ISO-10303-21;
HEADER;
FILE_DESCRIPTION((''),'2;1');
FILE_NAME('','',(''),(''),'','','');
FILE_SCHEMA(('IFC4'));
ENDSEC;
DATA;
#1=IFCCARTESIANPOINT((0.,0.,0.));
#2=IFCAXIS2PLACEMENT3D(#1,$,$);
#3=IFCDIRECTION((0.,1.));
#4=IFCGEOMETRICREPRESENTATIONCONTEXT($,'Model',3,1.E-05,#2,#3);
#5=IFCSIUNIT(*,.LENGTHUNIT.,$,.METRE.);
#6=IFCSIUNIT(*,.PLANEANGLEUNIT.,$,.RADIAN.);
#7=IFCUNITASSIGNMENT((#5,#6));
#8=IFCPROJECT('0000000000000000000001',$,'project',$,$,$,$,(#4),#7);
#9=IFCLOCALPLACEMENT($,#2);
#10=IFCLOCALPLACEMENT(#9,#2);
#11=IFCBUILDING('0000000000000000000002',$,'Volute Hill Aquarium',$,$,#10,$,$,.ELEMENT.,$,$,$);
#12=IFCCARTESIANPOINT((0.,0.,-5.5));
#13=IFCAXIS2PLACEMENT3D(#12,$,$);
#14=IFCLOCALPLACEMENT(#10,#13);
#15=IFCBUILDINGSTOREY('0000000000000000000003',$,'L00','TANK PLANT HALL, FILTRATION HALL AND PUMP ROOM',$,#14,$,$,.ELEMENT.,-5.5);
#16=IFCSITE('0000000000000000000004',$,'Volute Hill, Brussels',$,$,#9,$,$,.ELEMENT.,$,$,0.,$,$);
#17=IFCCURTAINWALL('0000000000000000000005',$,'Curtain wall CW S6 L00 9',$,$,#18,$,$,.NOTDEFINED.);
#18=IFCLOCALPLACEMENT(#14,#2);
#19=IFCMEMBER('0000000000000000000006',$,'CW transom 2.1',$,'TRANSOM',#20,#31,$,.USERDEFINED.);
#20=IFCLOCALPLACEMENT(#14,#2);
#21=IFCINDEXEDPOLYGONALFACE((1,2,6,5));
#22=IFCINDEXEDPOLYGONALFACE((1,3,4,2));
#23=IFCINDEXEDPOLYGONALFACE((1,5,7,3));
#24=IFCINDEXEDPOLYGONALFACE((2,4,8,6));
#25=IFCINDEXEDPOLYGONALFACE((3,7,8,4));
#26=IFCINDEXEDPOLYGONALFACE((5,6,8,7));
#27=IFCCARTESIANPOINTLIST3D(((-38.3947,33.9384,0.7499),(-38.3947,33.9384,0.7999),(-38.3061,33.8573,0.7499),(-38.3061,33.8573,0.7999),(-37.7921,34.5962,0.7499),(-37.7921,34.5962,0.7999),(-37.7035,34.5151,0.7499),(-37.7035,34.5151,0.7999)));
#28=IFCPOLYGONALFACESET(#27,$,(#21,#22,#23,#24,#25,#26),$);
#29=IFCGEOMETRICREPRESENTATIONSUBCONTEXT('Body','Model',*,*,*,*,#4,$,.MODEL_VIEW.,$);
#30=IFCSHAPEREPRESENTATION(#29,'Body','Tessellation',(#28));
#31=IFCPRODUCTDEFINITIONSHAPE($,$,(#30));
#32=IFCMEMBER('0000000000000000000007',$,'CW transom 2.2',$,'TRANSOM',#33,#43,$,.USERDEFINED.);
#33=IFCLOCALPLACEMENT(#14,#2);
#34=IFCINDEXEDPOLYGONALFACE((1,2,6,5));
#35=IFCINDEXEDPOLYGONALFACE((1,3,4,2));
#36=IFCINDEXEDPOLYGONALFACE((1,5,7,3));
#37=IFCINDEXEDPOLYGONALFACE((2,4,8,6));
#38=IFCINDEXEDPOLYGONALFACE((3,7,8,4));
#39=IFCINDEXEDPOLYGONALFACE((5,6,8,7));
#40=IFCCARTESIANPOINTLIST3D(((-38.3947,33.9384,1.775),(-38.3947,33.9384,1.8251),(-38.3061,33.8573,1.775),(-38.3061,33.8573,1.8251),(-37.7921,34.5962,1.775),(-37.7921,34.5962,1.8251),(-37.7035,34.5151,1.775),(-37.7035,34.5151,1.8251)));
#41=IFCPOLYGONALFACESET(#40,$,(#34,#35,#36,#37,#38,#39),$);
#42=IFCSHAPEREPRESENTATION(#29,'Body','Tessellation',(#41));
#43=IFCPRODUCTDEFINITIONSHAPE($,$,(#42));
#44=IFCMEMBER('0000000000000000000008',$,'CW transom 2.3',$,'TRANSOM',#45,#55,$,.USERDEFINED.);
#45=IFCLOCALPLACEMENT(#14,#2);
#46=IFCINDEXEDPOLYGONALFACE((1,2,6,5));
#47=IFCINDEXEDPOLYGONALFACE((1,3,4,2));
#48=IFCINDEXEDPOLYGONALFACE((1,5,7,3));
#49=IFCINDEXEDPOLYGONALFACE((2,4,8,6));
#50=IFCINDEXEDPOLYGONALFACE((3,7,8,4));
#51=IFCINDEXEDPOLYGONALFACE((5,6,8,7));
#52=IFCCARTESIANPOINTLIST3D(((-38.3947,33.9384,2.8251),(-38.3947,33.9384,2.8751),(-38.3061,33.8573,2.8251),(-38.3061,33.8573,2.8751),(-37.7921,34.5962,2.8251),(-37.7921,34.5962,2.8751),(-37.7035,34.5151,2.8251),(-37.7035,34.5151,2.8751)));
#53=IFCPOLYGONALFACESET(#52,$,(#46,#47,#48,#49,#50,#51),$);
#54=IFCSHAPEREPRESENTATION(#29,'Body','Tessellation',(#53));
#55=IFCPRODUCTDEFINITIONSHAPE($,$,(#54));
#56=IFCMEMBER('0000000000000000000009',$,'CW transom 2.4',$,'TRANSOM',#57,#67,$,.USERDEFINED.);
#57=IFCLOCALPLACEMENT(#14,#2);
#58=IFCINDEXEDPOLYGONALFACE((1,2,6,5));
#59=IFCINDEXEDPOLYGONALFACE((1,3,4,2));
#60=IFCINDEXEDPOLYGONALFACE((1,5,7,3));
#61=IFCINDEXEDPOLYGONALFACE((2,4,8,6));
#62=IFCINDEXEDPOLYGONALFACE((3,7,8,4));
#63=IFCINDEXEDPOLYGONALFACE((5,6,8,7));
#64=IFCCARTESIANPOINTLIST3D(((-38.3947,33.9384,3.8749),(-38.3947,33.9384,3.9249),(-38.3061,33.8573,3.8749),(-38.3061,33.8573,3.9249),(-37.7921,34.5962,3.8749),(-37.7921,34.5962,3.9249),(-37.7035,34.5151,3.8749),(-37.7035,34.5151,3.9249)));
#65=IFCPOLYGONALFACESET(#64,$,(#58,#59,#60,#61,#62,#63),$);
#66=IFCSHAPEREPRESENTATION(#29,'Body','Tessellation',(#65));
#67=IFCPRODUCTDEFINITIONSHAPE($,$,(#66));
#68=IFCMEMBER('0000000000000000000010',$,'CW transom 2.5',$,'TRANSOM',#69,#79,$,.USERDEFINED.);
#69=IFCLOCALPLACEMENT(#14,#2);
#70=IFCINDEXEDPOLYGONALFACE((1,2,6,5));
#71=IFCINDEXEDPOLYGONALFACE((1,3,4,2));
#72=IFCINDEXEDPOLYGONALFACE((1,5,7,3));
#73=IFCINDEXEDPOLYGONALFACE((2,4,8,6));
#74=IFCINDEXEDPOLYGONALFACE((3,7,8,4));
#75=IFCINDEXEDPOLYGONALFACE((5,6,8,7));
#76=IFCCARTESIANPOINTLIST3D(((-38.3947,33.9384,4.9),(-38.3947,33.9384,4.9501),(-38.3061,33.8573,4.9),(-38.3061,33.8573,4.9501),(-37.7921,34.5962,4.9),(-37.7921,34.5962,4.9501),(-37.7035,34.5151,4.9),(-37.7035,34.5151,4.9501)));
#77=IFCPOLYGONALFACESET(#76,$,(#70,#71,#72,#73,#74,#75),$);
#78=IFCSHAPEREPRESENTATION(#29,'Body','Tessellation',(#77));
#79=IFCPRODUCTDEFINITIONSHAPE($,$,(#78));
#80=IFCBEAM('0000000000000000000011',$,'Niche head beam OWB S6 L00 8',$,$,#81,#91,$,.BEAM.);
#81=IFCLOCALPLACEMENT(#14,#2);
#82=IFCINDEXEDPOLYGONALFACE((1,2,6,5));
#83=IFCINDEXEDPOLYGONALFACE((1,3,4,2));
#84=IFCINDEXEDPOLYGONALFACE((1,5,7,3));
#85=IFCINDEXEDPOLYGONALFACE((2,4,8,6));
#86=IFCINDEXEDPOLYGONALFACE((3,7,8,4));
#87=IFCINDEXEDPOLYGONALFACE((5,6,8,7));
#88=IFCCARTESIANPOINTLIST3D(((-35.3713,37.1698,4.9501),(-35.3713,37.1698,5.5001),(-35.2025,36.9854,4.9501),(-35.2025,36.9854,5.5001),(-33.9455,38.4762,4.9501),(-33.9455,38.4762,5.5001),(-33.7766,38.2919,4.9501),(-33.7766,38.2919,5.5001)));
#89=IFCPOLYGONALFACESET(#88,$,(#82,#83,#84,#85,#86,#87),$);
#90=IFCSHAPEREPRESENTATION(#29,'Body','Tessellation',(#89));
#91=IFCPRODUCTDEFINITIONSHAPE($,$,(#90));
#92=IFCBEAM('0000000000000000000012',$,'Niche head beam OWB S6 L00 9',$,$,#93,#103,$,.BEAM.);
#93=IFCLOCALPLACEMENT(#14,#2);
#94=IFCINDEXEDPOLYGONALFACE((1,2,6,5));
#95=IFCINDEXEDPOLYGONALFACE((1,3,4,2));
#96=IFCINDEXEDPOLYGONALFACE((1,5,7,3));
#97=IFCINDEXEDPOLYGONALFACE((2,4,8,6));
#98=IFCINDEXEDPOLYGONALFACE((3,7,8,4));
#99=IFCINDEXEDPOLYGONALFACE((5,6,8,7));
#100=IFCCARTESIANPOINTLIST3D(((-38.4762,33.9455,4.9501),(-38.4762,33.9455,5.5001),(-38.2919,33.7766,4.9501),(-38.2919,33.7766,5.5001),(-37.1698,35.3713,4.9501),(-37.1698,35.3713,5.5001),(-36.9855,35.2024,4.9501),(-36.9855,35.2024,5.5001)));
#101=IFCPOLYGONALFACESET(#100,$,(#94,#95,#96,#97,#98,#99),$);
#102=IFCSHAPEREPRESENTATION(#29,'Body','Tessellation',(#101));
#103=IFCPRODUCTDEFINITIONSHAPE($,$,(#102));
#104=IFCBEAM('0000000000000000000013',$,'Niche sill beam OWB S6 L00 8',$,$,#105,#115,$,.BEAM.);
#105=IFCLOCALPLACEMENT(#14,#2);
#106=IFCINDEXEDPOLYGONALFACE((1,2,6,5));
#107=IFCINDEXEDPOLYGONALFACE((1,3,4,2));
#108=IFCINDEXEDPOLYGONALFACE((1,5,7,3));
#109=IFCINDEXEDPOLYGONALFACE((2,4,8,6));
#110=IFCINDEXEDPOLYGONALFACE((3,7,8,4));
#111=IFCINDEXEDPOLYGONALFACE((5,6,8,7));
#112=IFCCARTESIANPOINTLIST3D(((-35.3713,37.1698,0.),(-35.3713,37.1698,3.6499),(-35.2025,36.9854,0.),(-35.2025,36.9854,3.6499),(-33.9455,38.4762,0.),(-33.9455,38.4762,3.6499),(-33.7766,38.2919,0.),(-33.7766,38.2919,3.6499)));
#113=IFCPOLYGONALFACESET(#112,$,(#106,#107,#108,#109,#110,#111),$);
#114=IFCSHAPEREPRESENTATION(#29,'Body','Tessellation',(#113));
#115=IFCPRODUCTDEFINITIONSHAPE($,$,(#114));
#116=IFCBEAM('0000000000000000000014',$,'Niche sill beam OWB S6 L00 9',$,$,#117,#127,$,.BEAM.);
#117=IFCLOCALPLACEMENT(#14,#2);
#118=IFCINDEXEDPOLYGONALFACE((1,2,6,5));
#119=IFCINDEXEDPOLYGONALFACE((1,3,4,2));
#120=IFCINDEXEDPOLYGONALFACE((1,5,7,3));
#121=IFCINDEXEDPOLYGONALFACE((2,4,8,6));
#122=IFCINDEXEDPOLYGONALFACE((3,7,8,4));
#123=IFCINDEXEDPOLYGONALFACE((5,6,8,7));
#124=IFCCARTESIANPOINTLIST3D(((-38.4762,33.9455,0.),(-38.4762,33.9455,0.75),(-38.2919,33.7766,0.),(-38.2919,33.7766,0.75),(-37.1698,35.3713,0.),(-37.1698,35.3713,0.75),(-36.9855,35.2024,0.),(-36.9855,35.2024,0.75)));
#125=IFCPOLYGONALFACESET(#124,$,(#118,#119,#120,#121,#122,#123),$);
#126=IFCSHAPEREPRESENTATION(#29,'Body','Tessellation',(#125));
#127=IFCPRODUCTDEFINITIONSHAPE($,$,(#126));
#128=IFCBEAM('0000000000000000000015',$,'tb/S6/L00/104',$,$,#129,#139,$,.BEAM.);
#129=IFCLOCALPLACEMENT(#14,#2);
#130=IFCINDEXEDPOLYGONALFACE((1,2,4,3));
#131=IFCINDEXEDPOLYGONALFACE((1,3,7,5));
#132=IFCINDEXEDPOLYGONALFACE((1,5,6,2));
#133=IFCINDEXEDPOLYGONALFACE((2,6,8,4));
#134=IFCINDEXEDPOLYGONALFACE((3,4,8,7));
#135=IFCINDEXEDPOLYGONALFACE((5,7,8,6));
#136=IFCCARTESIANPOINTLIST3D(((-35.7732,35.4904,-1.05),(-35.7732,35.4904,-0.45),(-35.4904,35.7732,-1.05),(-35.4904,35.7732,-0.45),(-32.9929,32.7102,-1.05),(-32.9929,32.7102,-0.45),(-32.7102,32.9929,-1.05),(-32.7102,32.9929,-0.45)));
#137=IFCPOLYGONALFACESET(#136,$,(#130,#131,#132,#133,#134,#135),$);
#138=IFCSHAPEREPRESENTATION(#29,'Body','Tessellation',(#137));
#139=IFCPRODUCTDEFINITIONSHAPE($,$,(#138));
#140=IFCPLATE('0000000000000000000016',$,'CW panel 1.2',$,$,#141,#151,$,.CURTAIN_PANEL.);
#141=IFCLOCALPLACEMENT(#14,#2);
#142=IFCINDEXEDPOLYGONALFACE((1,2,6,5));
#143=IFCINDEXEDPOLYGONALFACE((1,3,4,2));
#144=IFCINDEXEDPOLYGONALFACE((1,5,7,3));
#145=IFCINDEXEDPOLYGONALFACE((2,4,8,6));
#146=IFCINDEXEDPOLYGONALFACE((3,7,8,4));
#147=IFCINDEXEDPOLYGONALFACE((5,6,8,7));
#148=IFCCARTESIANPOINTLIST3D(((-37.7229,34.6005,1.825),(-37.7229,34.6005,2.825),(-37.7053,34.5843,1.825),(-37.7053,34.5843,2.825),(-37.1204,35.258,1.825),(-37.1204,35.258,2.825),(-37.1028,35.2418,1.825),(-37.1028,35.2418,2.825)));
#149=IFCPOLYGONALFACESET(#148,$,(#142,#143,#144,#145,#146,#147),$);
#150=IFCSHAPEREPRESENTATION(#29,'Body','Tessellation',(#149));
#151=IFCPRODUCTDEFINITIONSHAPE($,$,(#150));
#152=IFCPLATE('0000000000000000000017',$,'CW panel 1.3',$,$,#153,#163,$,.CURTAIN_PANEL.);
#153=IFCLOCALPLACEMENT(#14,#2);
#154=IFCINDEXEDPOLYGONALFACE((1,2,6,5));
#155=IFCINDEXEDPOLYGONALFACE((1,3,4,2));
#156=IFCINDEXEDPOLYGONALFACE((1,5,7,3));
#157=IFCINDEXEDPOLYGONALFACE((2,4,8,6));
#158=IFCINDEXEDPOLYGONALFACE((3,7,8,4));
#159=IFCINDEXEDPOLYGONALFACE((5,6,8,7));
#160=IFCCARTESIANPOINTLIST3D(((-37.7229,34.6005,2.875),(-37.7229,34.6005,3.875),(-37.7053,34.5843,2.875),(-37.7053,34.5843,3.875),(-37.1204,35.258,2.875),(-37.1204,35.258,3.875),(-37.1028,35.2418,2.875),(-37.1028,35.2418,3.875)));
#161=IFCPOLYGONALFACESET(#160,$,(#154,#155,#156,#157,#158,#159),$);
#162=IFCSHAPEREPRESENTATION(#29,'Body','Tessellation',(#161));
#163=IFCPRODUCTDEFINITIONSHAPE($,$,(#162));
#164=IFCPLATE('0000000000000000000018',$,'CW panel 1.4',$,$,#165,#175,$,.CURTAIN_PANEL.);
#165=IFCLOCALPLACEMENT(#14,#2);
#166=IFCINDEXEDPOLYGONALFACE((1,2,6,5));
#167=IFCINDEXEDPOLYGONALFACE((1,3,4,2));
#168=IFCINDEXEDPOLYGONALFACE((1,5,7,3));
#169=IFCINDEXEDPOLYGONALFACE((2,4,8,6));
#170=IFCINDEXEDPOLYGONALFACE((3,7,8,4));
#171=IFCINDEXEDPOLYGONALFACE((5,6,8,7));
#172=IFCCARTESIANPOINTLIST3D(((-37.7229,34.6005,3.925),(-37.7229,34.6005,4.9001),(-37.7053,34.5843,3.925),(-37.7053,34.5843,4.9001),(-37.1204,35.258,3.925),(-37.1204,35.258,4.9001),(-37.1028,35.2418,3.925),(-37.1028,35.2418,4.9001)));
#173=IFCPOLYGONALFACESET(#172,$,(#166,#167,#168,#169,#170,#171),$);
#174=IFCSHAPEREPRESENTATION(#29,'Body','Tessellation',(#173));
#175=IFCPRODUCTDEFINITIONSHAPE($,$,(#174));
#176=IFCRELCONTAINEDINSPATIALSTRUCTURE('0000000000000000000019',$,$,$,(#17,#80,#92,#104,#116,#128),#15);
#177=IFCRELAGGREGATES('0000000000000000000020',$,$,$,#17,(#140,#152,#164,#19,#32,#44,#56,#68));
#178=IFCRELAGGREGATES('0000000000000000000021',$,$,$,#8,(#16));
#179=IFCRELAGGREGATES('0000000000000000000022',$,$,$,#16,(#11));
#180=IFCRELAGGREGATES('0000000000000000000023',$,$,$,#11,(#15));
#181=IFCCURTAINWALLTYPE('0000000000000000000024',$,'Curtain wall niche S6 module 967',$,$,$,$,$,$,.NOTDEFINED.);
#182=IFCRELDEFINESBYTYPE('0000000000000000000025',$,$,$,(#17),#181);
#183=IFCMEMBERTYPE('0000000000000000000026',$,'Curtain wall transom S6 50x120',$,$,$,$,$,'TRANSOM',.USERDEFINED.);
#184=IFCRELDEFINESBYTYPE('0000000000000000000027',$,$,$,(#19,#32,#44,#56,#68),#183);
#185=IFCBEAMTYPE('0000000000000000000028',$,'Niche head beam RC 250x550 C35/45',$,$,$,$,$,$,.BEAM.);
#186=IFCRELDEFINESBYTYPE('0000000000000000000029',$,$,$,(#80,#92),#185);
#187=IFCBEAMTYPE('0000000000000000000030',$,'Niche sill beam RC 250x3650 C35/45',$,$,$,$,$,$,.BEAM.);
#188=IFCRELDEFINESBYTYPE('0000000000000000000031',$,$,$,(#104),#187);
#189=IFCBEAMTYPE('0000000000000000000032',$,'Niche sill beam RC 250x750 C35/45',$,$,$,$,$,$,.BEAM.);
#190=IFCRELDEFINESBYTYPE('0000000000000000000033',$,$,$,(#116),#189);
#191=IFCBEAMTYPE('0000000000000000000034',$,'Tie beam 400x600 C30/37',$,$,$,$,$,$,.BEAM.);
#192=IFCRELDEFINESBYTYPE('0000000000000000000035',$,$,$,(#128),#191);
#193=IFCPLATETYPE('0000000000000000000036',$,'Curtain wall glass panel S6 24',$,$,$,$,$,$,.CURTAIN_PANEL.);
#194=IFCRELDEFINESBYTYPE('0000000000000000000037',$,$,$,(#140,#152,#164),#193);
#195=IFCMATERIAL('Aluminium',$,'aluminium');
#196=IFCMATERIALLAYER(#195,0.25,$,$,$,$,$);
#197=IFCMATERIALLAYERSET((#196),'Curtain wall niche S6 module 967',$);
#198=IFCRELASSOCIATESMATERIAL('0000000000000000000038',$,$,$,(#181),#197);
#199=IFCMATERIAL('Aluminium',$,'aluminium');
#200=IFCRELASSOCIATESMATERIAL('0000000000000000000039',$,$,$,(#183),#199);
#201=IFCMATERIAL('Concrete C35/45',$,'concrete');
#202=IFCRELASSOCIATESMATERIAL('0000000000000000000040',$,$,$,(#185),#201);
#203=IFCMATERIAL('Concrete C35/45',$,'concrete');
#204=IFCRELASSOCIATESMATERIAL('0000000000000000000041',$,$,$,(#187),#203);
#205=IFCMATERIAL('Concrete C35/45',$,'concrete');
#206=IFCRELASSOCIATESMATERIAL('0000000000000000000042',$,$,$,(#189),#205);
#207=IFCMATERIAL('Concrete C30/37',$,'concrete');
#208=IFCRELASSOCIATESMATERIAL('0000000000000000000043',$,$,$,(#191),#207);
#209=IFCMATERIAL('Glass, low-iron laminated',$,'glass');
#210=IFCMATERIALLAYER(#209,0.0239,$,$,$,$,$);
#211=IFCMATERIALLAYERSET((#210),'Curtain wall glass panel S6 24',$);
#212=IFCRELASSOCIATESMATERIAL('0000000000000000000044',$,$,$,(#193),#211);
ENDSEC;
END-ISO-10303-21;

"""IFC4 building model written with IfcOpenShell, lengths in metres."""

from ifc_helpers import new_model, si_unit, direction, frame, origin, origin_2d, place, context, subcontext, project, spatial, rectangle, extrude, material, layer, layer_set, material_profile, profile_set, type_object, element, aggregate, save


model = new_model("IFC4")

# Units and contexts
model_context = context("Model", 3, precision=1e-05, world=origin(), true_north=direction((0.0, 1.0)))
body_context = subcontext(model_context, "Body", "Model", "MODEL_VIEW")
ifc_project = project(units=[si_unit("LENGTHUNIT", "METRE"), si_unit("PLANEANGLEUNIT", "RADIAN")], contexts=[model_context])

# Site, building, storey
site_placement = place(None, origin())
site = spatial("IfcSite", under=ifc_project, at=site_placement, Name="Volute Hill, Brussels", CompositionType="ELEMENT", RefElevation=0.0)
building_placement = place(site_placement, origin())
building = spatial("IfcBuilding", under=site, at=building_placement, Name="Volute Hill Aquarium", CompositionType="ELEMENT")
storey_placement = place(building_placement, frame((0.0, 0.0, -5.5)))
storey = spatial("IfcBuildingStorey", under=building, at=storey_placement, Name="L00", Description="TANK PLANT HALL, FILTRATION HALL AND PUMP ROOM", CompositionType="ELEMENT", Elevation=-5.5)

# Curtain wall
ifc_material_1 = material(Name="Aluminium", Category="aluminium")
ifc_layer_1 = layer(ifc_material_1, 0.25)
ifc_layer_set_1 = layer_set([ifc_layer_1], Name="Curtain wall niche S6 module 967")
curtain_wall_type = type_object("IfcCurtainWallType", Name="Curtain wall niche S6 module 967", PredefinedType="NOTDEFINED", material=ifc_layer_set_1)
curtain_wall_1_placement = place(storey_placement, origin())
curtain_wall_1 = element("IfcCurtainWall", 1, at=curtain_wall_1_placement, inside=storey, type_object=curtain_wall_type, Name="Curtain wall CW S6 L00 9", PredefinedType="NOTDEFINED")

# Members
ifc_material_2 = material(Name="Aluminium", Category="aluminium")
ifc_material_profile_1 = material_profile(ifc_material_2, rectangle(XDim=0.1201, YDim=0.05, at=origin_2d()), Name="Curtain wall transom S6 50x120")
ifc_profile_set_1 = profile_set([ifc_material_profile_1], Name="Aluminium")
member_type_1 = type_object("IfcMemberType", Name="Curtain wall transom S6 50x120", ElementType="TRANSOM", PredefinedType="USERDEFINED", material=ifc_profile_set_1)
member_1_placement = place(storey_placement, frame((-37.7478, 34.5557, 0.7749), z_axis=(-0.675502, -0.737359, 0.0), x_axis=(0.737359, -0.675502, 0.0)))
member_1 = element("IfcMember", 2, at=member_1_placement, type_object=member_type_1, Name="CW transom 2.1", ObjectType="TRANSOM", PredefinedType="USERDEFINED", context=body_context, shape_type="SweptSolid", body=[
    extrude(rectangle(XDim=0.1201, YDim=0.05, at=origin_2d()), origin(), (0.0, 0.0, 1.0), 0.8921),
])
member_2_placement = place(storey_placement, frame((-37.7478, 34.5557, 1.8), z_axis=(-0.675502, -0.737359, 0.0), x_axis=(0.737359, -0.675502, 0.0)))
member_2 = element("IfcMember", 3, at=member_2_placement, type_object=member_type_1, Name="CW transom 2.2", ObjectType="TRANSOM", PredefinedType="USERDEFINED", context=body_context, shape_type="SweptSolid", body=[
    extrude(rectangle(XDim=0.1201, YDim=0.05, at=origin_2d()), origin(), (0.0, 0.0, 1.0), 0.8921),
])
member_3_placement = place(storey_placement, frame((-37.7478, 34.5557, 2.8501), z_axis=(-0.675502, -0.737359, 0.0), x_axis=(0.737359, -0.675502, 0.0)))
member_3 = element("IfcMember", 4, at=member_3_placement, type_object=member_type_1, Name="CW transom 2.3", ObjectType="TRANSOM", PredefinedType="USERDEFINED", context=body_context, shape_type="SweptSolid", body=[
    extrude(rectangle(XDim=0.1201, YDim=0.05, at=origin_2d()), origin(), (0.0, 0.0, 1.0), 0.8921),
])
member_4_placement = place(storey_placement, frame((-37.7478, 34.5557, 3.8999), z_axis=(-0.675502, -0.737359, 0.0), x_axis=(0.737359, -0.675502, 0.0)))
member_4 = element("IfcMember", 5, at=member_4_placement, type_object=member_type_1, Name="CW transom 2.4", ObjectType="TRANSOM", PredefinedType="USERDEFINED", context=body_context, shape_type="SweptSolid", body=[
    extrude(rectangle(XDim=0.1201, YDim=0.05, at=origin_2d()), origin(), (0.0, 0.0, 1.0), 0.8921),
])
member_5_placement = place(storey_placement, frame((-37.7478, 34.5557, 4.925), z_axis=(-0.675502, -0.737359, 0.0), x_axis=(0.737359, -0.675502, 0.0)))
member_5 = element("IfcMember", 6, at=member_5_placement, type_object=member_type_1, Name="CW transom 2.5", ObjectType="TRANSOM", PredefinedType="USERDEFINED", context=body_context, shape_type="SweptSolid", body=[
    extrude(rectangle(XDim=0.1201, YDim=0.05, at=origin_2d()), origin(), (0.0, 0.0, 1.0), 0.8921),
])

# Beams
ifc_material_3 = material(Name="Concrete C35/45", Category="concrete")
ifc_material_profile_2 = material_profile(ifc_material_3, rectangle(XDim=0.25, YDim=0.55, at=origin_2d()), Name="RC beam 250x550")
ifc_profile_set_2 = profile_set([ifc_material_profile_2], Name="Concrete C35/45")
beam_type_1 = type_object("IfcBeamType", Name="Niche head beam RC 250x550 C35/45", PredefinedType="BEAM", material=ifc_profile_set_2)
for number, where, z_axis, x_axis, name in (
    (7, (-33.8611, 38.384, 5.2251), (-0.737301, -0.675565, 0.0), (0.675565, -0.737301, 0.0), "Niche head beam OWB S6 L00 8"),
    (8, (-37.0776, 35.2869, 5.2251), (-0.675565, -0.737301, 0.0), (0.737301, -0.675565, 0.0), "Niche head beam OWB S6 L00 9"),
):
    element("IfcBeam", number, at=place(storey_placement, frame(where, z_axis=z_axis, x_axis=x_axis)), inside=storey, type_object=beam_type_1, Name=name, PredefinedType="BEAM", context=body_context, shape_type="SweptSolid", body=[
        extrude(rectangle(XDim=0.25, YDim=0.55, at=origin_2d()), origin(), (0.0, 0.0, 1.0), 1.9338),
    ])
ifc_material_4 = material(Name="Concrete C35/45", Category="concrete")
ifc_material_profile_3 = material_profile(ifc_material_4, rectangle(XDim=0.25, YDim=3.6499, at=origin_2d()), Name="RC beam 250x3650")
ifc_profile_set_3 = profile_set([ifc_material_profile_3], Name="Concrete C35/45")
beam_type_2 = type_object("IfcBeamType", Name="Niche sill beam RC 250x3650 C35/45", PredefinedType="BEAM", material=ifc_profile_set_3)
beam_1_placement = place(storey_placement, frame((-33.8611, 38.384, 1.825), z_axis=(-0.737301, -0.675565, 0.0), x_axis=(0.675565, -0.737301, 0.0)))
element("IfcBeam", 9, at=beam_1_placement, inside=storey, type_object=beam_type_2, Name="Niche sill beam OWB S6 L00 8", PredefinedType="BEAM", context=body_context, shape_type="SweptSolid", body=[
    extrude(rectangle(XDim=0.25, YDim=3.6499, at=origin_2d()), origin(), (0.0, 0.0, 1.0), 1.9338),
])
ifc_material_5 = material(Name="Concrete C35/45", Category="concrete")
ifc_material_profile_4 = material_profile(ifc_material_5, rectangle(XDim=0.25, YDim=0.75, at=origin_2d()), Name="RC beam 250x750")
ifc_profile_set_4 = profile_set([ifc_material_profile_4], Name="Concrete C35/45")
beam_type_3 = type_object("IfcBeamType", Name="Niche sill beam RC 250x750 C35/45", PredefinedType="BEAM", material=ifc_profile_set_4)
beam_2_placement = place(storey_placement, frame((-37.0776, 35.2869, 0.375), z_axis=(-0.675565, -0.737301, 0.0), x_axis=(0.737301, -0.675565, 0.0)))
element("IfcBeam", 10, at=beam_2_placement, inside=storey, type_object=beam_type_3, Name="Niche sill beam OWB S6 L00 9", PredefinedType="BEAM", context=body_context, shape_type="SweptSolid", body=[
    extrude(rectangle(XDim=0.25, YDim=0.75, at=origin_2d()), origin(), (0.0, 0.0, 1.0), 1.9338),
])
ifc_material_6 = material(Name="Concrete C30/37", Category="concrete")
ifc_material_profile_5 = material_profile(ifc_material_6, rectangle(XDim=0.3999, YDim=0.6001, at=origin_2d()), Name="RC tie beam 400x600")
ifc_profile_set_5 = profile_set([ifc_material_profile_5], Name="Concrete C30/37")
beam_type_4 = type_object("IfcBeamType", Name="Tie beam 400x600 C30/37", PredefinedType="BEAM", material=ifc_profile_set_5)
beam_3_placement = place(storey_placement, frame((-32.8516, 32.8516, -0.75), z_axis=(-0.707107, 0.707107, 0.0), x_axis=(-0.707107, -0.707107, 0.0)))
element("IfcBeam", 11, at=beam_3_placement, inside=storey, type_object=beam_type_4, Name="tb/S6/L00/104", PredefinedType="BEAM", context=body_context, shape_type="SweptSolid", body=[
    extrude(rectangle(XDim=0.3999, YDim=0.6001, at=origin_2d()), origin(), (0.0, 0.0, 1.0), 3.9319),
])

# Plates
ifc_material_7 = material(Name="Glass, low-iron laminated", Category="glass")
ifc_layer_2 = layer(ifc_material_7, 0.0239)
ifc_layer_set_2 = layer_set([ifc_layer_2], Name="Curtain wall glass panel S6 24")
plate_type_1 = type_object("IfcPlateType", Name="Curtain wall glass panel S6 24", PredefinedType="CURTAIN_PANEL", material=ifc_layer_set_2)
plate_1_placement = place(storey_placement, frame((-37.4128, 34.9211, 1.825), z_axis=(0.0, 0.0, 1.0), x_axis=(-0.675582, -0.737285, 0.0)))
plate_1 = element("IfcPlate", 12, at=plate_1_placement, type_object=plate_type_1, Name="CW panel 1.2", PredefinedType="CURTAIN_PANEL", context=body_context, shape_type="SweptSolid", body=[
    extrude(rectangle(XDim=0.8918, YDim=0.0239, at=origin_2d()), origin(), (0.0, 0.0, 1.0), 1.0),
])
plate_2_placement = place(storey_placement, frame((-37.4128, 34.9211, 2.875), z_axis=(0.0, 0.0, 1.0), x_axis=(-0.675582, -0.737285, 0.0)))
plate_2 = element("IfcPlate", 13, at=plate_2_placement, type_object=plate_type_1, Name="CW panel 1.3", PredefinedType="CURTAIN_PANEL", context=body_context, shape_type="SweptSolid", body=[
    extrude(rectangle(XDim=0.8918, YDim=0.0239, at=origin_2d()), origin(), (0.0, 0.0, 1.0), 1.0),
])
plate_3_placement = place(storey_placement, frame((-37.4128, 34.9211, 3.925), z_axis=(0.0, 0.0, 1.0), x_axis=(-0.675582, -0.737285, 0.0)))
plate_3 = element("IfcPlate", 14, at=plate_3_placement, type_object=plate_type_1, Name="CW panel 1.4", PredefinedType="CURTAIN_PANEL", context=body_context, shape_type="SweptSolid", body=[
    extrude(rectangle(XDim=0.8918, YDim=0.0239, at=origin_2d()), origin(), (0.0, 0.0, 1.0), 0.9751),
])
aggregate(curtain_wall_1, [plate_1, plate_2, plate_3, member_1, member_2, member_3, member_4, member_5])

save(model, "model.ifc")
